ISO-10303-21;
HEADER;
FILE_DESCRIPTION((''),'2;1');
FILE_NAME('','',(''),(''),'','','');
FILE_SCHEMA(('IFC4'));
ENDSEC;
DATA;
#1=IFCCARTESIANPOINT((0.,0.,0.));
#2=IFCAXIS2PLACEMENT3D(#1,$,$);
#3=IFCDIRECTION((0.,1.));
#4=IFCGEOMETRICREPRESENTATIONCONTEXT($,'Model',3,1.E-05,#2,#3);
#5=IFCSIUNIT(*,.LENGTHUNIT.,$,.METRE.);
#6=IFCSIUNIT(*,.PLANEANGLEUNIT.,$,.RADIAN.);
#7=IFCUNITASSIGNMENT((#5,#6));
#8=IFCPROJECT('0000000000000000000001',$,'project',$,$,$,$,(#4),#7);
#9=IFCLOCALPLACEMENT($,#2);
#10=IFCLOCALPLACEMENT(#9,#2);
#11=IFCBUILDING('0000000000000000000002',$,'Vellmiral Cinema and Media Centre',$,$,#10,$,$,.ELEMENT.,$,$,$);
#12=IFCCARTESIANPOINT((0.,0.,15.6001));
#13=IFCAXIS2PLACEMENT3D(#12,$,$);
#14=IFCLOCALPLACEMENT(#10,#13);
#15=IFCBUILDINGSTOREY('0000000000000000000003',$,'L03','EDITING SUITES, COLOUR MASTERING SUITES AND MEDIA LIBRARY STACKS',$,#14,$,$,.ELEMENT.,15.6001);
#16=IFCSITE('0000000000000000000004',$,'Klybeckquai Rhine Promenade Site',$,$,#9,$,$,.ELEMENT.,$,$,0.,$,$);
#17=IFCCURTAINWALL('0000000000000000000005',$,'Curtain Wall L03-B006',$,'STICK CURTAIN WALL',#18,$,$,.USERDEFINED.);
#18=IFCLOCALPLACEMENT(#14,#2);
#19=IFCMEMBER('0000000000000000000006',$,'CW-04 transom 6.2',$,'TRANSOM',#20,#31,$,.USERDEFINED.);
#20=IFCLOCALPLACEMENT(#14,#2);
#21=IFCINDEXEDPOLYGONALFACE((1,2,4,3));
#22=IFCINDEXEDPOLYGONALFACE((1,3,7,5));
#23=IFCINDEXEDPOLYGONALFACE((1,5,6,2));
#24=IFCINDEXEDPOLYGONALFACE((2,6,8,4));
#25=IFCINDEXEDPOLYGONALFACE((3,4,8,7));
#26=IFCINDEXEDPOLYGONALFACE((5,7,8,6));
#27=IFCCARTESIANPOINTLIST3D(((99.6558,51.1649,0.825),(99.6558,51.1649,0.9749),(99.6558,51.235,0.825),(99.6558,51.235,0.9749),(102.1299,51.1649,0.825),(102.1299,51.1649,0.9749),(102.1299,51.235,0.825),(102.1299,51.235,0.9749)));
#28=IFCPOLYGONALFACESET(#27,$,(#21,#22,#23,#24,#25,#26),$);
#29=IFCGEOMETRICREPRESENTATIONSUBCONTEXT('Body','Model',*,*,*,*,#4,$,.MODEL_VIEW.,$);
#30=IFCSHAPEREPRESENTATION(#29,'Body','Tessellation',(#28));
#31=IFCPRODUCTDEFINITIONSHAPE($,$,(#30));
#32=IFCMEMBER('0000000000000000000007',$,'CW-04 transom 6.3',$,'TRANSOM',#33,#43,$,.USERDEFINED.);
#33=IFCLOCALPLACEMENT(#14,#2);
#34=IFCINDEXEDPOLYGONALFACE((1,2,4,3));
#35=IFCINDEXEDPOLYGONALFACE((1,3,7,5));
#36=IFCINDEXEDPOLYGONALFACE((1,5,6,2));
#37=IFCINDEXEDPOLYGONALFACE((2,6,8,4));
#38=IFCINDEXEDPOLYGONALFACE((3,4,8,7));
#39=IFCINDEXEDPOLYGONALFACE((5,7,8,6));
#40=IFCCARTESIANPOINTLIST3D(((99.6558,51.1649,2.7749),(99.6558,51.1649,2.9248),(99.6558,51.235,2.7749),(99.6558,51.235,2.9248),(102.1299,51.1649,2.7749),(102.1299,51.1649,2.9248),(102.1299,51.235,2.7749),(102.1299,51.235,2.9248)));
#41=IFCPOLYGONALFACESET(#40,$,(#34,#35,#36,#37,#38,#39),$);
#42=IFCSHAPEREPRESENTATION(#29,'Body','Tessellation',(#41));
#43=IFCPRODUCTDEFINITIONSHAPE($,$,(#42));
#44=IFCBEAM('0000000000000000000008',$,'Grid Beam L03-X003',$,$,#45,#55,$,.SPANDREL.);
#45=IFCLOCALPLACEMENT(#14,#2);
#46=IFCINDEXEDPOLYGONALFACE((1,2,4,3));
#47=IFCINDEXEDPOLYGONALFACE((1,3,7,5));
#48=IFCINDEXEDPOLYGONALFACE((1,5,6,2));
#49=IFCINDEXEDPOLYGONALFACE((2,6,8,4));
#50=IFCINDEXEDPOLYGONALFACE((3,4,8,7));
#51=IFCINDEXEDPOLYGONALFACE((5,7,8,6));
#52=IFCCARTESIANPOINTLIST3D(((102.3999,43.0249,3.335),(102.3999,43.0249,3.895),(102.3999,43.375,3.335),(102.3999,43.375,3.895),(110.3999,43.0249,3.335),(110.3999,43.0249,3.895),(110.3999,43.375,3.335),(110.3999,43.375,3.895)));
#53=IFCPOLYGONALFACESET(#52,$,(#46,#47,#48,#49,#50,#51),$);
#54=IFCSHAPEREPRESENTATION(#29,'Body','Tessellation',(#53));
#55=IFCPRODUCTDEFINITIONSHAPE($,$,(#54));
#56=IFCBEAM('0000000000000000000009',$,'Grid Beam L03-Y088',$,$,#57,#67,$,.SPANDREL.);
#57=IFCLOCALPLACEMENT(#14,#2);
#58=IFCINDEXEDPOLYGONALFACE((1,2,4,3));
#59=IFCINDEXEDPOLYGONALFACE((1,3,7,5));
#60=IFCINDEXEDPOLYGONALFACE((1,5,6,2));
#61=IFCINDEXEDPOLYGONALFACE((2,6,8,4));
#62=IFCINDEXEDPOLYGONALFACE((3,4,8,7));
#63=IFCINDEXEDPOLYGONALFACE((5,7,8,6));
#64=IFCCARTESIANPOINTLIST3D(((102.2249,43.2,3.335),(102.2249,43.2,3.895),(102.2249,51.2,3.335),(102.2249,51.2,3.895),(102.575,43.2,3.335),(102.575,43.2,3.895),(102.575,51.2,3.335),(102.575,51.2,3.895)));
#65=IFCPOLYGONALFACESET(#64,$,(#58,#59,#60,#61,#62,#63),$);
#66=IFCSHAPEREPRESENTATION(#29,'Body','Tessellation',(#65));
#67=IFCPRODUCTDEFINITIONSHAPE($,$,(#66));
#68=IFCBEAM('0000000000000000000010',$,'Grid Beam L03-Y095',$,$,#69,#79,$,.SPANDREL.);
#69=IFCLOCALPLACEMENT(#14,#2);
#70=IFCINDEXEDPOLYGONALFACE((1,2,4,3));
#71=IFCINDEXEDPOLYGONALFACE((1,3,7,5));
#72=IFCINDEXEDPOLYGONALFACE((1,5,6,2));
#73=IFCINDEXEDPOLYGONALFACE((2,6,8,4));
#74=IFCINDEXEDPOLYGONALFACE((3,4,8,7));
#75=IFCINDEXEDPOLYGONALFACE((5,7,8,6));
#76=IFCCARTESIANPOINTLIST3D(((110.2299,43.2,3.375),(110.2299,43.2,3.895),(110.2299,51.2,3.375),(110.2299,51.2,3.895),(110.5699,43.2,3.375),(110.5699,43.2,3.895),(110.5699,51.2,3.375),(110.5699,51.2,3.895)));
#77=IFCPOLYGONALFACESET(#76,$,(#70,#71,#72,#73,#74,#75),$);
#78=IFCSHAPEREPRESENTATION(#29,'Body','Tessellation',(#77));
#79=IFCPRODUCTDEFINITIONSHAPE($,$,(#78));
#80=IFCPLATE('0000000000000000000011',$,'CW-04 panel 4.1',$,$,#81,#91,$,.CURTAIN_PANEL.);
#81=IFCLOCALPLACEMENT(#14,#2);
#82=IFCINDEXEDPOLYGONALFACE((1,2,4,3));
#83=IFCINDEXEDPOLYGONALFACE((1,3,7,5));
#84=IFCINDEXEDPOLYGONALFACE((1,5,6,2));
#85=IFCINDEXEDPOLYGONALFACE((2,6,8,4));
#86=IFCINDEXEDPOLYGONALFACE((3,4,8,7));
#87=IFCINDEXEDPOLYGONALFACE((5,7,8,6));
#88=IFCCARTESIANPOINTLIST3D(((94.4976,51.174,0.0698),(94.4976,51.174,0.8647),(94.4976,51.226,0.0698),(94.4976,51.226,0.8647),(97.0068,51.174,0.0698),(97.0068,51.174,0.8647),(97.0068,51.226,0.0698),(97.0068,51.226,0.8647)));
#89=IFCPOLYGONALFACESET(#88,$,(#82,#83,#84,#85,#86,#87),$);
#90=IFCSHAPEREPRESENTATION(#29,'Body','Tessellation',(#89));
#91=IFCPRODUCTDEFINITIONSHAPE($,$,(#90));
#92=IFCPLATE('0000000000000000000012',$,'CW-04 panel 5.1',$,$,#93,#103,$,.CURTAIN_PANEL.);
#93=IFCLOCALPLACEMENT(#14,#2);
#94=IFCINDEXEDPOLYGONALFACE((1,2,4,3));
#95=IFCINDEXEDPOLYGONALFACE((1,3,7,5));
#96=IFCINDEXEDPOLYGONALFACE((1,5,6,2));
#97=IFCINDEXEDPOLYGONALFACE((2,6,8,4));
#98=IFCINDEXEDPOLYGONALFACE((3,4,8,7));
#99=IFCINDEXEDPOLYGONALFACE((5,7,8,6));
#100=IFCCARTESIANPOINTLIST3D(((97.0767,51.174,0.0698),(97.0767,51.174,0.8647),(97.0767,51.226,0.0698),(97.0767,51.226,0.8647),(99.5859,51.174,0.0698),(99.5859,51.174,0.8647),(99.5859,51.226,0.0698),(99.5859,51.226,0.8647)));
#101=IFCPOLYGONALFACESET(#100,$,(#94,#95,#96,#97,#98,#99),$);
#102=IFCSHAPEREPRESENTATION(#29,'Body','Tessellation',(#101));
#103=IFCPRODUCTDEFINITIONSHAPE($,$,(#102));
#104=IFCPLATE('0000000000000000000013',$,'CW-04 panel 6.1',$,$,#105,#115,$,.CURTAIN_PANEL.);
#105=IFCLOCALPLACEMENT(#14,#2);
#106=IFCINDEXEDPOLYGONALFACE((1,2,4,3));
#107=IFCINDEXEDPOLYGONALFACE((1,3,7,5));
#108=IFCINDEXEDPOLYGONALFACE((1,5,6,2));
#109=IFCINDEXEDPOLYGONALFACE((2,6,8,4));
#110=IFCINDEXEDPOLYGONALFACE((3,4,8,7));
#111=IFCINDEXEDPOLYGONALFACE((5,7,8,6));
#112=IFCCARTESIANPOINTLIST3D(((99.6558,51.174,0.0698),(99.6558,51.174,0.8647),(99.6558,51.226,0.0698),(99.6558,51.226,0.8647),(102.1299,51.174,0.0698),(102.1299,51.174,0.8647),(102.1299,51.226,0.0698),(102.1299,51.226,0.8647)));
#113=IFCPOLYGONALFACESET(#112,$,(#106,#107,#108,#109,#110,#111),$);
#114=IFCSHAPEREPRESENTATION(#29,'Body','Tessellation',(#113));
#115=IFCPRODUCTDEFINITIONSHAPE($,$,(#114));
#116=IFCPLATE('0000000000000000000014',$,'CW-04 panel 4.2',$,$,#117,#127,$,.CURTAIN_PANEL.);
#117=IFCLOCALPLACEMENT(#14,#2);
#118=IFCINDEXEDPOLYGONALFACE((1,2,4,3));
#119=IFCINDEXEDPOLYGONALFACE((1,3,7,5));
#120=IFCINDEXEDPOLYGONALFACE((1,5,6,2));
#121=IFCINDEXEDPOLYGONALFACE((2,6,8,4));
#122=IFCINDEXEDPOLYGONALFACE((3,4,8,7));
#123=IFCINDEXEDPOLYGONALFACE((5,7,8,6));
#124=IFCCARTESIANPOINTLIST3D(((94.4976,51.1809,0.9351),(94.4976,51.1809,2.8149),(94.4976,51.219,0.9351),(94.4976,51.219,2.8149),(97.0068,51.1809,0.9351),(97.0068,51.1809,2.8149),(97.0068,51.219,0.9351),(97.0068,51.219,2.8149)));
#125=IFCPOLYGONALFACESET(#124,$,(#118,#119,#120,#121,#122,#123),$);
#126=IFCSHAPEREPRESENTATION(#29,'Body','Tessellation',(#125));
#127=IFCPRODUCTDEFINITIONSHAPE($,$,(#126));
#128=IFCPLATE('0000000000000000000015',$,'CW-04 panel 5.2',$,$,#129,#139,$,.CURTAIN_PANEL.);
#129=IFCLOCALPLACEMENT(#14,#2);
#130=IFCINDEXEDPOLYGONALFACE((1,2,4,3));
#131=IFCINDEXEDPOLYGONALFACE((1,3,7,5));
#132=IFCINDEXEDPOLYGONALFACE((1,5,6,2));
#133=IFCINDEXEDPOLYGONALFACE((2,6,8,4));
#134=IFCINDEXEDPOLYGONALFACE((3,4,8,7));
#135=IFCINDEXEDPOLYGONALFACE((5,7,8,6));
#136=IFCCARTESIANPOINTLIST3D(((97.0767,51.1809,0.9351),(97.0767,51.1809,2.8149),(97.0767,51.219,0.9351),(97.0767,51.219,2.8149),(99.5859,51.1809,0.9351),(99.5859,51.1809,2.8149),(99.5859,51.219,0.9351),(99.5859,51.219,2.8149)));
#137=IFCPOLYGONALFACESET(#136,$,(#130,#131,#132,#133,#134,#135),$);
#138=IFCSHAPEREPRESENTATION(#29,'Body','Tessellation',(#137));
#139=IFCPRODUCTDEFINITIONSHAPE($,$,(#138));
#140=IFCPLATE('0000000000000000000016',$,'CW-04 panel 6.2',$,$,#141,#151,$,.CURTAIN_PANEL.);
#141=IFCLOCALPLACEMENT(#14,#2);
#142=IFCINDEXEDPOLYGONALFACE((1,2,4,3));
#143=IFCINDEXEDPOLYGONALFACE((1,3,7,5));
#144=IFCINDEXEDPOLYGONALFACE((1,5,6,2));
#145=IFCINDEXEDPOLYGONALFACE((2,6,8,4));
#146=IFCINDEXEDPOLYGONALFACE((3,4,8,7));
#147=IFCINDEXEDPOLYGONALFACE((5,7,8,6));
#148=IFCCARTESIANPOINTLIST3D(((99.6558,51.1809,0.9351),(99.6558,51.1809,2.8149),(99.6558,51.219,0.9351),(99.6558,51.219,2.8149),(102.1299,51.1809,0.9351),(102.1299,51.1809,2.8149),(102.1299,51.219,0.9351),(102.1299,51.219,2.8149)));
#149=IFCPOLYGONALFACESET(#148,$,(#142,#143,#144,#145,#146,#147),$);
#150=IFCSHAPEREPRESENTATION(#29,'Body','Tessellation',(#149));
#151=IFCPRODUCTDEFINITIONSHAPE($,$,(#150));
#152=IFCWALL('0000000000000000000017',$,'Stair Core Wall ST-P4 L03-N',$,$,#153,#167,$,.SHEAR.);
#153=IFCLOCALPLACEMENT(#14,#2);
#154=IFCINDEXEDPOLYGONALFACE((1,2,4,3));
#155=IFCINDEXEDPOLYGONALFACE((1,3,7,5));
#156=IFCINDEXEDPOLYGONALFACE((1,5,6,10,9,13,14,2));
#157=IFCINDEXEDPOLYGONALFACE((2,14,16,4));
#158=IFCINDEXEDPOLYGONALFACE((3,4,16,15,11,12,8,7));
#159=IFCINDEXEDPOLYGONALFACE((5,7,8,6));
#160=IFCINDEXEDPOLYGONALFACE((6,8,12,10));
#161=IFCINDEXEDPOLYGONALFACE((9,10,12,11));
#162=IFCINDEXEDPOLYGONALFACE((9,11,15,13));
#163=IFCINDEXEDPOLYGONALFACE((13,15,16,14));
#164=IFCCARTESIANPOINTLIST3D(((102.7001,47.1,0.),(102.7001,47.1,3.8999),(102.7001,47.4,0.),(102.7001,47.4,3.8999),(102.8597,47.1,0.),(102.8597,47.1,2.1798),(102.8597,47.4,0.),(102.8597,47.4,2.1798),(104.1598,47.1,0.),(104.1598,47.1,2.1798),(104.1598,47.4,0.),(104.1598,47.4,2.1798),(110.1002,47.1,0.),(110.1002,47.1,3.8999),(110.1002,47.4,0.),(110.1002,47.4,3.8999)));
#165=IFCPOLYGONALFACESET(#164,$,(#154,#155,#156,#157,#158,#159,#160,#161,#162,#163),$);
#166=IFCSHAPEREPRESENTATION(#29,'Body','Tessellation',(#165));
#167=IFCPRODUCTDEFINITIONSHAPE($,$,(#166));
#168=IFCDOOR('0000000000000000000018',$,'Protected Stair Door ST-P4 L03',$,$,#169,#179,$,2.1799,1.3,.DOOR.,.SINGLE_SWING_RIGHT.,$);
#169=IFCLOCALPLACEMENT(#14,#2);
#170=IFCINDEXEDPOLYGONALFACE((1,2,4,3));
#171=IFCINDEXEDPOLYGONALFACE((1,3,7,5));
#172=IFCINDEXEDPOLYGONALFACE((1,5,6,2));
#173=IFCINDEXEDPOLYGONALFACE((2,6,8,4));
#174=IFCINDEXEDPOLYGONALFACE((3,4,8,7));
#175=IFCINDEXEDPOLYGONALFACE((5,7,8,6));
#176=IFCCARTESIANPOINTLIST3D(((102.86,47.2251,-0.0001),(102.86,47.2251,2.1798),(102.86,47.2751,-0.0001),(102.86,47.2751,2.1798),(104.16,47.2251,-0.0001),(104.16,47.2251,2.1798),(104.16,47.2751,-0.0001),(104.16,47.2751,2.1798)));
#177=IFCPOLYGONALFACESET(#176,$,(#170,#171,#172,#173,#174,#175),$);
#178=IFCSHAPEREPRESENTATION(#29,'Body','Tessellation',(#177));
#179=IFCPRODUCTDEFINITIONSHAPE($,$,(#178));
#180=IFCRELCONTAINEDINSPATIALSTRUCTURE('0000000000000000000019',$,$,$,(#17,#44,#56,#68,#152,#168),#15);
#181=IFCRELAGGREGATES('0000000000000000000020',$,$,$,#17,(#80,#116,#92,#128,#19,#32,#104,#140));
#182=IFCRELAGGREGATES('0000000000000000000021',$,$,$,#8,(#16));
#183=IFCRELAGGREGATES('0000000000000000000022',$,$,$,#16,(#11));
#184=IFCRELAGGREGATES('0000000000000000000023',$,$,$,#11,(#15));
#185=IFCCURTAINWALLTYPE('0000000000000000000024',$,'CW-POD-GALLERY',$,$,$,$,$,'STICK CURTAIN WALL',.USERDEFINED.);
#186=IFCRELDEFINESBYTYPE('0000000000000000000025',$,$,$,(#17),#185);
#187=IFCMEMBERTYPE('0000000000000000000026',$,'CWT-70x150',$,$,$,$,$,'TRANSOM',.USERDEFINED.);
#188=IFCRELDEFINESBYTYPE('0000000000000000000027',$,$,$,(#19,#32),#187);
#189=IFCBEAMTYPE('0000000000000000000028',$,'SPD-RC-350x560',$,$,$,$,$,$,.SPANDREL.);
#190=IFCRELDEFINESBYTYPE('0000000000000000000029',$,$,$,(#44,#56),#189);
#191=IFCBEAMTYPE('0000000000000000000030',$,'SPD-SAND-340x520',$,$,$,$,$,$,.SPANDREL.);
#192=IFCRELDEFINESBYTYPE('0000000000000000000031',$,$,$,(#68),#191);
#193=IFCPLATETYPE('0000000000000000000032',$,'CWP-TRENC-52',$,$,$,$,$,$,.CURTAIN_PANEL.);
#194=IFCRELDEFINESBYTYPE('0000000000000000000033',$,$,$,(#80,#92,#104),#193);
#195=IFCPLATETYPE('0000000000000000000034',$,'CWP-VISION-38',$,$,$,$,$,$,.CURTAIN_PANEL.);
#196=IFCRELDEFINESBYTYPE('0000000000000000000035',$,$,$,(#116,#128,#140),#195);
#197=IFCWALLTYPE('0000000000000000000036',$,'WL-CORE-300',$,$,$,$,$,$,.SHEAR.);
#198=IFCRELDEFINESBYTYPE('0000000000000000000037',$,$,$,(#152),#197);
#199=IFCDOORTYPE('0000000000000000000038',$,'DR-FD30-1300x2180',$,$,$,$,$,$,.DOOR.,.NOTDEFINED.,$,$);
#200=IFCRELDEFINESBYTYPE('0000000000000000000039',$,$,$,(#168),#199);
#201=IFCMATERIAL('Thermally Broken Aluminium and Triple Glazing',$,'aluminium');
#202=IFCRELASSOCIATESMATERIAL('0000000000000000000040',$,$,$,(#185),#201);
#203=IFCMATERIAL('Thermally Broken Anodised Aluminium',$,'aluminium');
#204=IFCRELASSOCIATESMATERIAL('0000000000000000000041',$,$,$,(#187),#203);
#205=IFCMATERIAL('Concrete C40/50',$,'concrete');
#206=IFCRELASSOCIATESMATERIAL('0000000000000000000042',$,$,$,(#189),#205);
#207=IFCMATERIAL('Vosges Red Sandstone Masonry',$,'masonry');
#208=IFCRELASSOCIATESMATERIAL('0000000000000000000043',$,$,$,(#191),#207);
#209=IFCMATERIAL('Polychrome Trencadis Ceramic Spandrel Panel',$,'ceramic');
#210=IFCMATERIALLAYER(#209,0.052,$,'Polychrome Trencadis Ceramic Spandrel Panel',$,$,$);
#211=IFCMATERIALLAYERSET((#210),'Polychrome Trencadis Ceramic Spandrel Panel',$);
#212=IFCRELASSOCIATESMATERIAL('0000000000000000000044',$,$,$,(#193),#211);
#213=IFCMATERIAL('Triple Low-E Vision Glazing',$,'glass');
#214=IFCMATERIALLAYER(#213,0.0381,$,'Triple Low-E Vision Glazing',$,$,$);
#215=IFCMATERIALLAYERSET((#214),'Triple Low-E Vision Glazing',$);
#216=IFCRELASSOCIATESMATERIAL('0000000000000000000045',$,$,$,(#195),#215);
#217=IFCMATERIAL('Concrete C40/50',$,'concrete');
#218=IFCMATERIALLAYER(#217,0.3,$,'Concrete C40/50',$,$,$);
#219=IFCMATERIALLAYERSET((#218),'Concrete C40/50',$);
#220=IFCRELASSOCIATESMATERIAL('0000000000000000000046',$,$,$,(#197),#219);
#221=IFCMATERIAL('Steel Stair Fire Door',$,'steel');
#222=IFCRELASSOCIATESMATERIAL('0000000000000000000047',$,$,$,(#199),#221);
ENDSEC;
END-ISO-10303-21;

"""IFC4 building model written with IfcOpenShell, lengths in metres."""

from ifc_helpers import new_model, si_unit, direction, frame, frame_2d, origin, origin_2d, place, context, subcontext, project, spatial, rectangle, extrude, material, layer, layer_set, material_profile, profile_set, type_object, element, fill, aggregate, save


model = new_model("IFC4")

# Units and contexts
model_context = context("Model", 3, precision=1e-05, world=origin(), true_north=direction((0.0, 1.0)))
body_context = subcontext(model_context, "Body", "Model", "MODEL_VIEW")
ifc_project = project(units=[si_unit("LENGTHUNIT", "METRE"), si_unit("PLANEANGLEUNIT", "RADIAN")], contexts=[model_context])

# Site, building, storey
site_placement = place(None, origin())
site = spatial("IfcSite", under=ifc_project, at=site_placement, Name="Klybeckquai Rhine Promenade Site", CompositionType="ELEMENT", RefElevation=0.0)
building_placement = place(site_placement, origin())
building = spatial("IfcBuilding", under=site, at=building_placement, Name="Vellmiral Cinema and Media Centre", CompositionType="ELEMENT")
storey_placement = place(building_placement, frame((0.0, 0.0, 15.6001)))
storey = spatial("IfcBuildingStorey", under=building, at=storey_placement, Name="L03", Description="EDITING SUITES, COLOUR MASTERING SUITES AND MEDIA LIBRARY STACKS", CompositionType="ELEMENT", Elevation=15.6001)

# Curtain wall, members
ifc_material_1 = material(Name="Thermally Broken Aluminium and Triple Glazing", Category="aluminium")
curtain_wall_type = type_object("IfcCurtainWallType", Name="CW-POD-GALLERY", ElementType="STICK CURTAIN WALL", PredefinedType="USERDEFINED", material=ifc_material_1)
curtain_wall_placement = place(storey_placement, origin())
curtain_wall = element("IfcCurtainWall", 1, at=curtain_wall_placement, inside=storey, type_object=curtain_wall_type, Name="Curtain Wall L03-B006", ObjectType="STICK CURTAIN WALL", PredefinedType="USERDEFINED")
ifc_material_2 = material(Name="Thermally Broken Anodised Aluminium", Category="aluminium")
ifc_material_profile_1 = material_profile(ifc_material_2, rectangle(XDim=0.0701, YDim=0.1499, at=origin_2d()), Name="MULL 70x150")
ifc_profile_set_1 = profile_set([ifc_material_profile_1], Name="Thermally Broken Anodised Aluminium")
member_type_1 = type_object("IfcMemberType", Name="CWT-70x150", ElementType="TRANSOM", PredefinedType="USERDEFINED", material=ifc_profile_set_1)
member_1_placement = place(storey_placement, frame((99.6558, 51.2, 0.8999), z_axis=(1.0, 0.0, 0.0), x_axis=(0.0, 1.0, 0.0)))
member_1 = element("IfcMember", 2, at=member_1_placement, type_object=member_type_1, Name="CW-04 transom 6.2", ObjectType="TRANSOM", PredefinedType="USERDEFINED", context=body_context, shape_type="SweptSolid", body=[
    extrude(rectangle(XDim=0.0701, YDim=0.1499, at=origin_2d()), origin(), (0.0, 0.0, 1.0), 2.4741),
])
member_2_placement = place(storey_placement, frame((99.6558, 51.2, 2.8499), z_axis=(1.0, 0.0, 0.0), x_axis=(0.0, 1.0, 0.0)))
member_2 = element("IfcMember", 3, at=member_2_placement, type_object=member_type_1, Name="CW-04 transom 6.3", ObjectType="TRANSOM", PredefinedType="USERDEFINED", context=body_context, shape_type="SweptSolid", body=[
    extrude(rectangle(XDim=0.0701, YDim=0.1499, at=origin_2d()), origin(), (0.0, 0.0, 1.0), 2.4741),
])

# Beams
ifc_material_3 = material(Name="Concrete C40/50", Category="concrete")
ifc_material_profile_2 = material_profile(ifc_material_3, rectangle(XDim=0.3501, YDim=0.5601, at=origin_2d()), Name="RC 350x560")
ifc_profile_set_2 = profile_set([ifc_material_profile_2], Name="Concrete C40/50")
beam_type_1 = type_object("IfcBeamType", Name="SPD-RC-350x560", PredefinedType="SPANDREL", material=ifc_profile_set_2)
for number, where, z_axis, x_axis, name in (
    (4, (102.3999, 43.2, 3.615), (1.0, 0.0, 0.0), (0.0, 1.0, 0.0), "Grid Beam L03-X003"),
    (5, (102.3999, 43.2, 3.615), (0.0, 1.0, 0.0), (-1.0, 0.0, 0.0), "Grid Beam L03-Y088"),
):
    element("IfcBeam", number, at=place(storey_placement, frame(where, z_axis=z_axis, x_axis=x_axis)), inside=storey, type_object=beam_type_1, Name=name, PredefinedType="SPANDREL", context=body_context, shape_type="SweptSolid", body=[
        extrude(rectangle(XDim=0.3501, YDim=0.5601, at=origin_2d()), origin(), (0.0, 0.0, 1.0), 8.0),
    ])
ifc_material_4 = material(Name="Vosges Red Sandstone Masonry", Category="masonry")
ifc_material_profile_3 = material_profile(ifc_material_4, rectangle(XDim=0.3401, YDim=0.52, at=origin_2d()), Name="SAND 340x520")
ifc_profile_set_3 = profile_set([ifc_material_profile_3], Name="Vosges Red Sandstone Masonry")
beam_type_2 = type_object("IfcBeamType", Name="SPD-SAND-340x520", PredefinedType="SPANDREL", material=ifc_profile_set_3)
beam_placement = place(storey_placement, frame((110.3999, 43.2, 3.635), z_axis=(0.0, 1.0, 0.0), x_axis=(-1.0, 0.0, 0.0)))
element("IfcBeam", 6, at=beam_placement, inside=storey, type_object=beam_type_2, Name="Grid Beam L03-Y095", PredefinedType="SPANDREL", context=body_context, shape_type="SweptSolid", body=[
    extrude(rectangle(XDim=0.3401, YDim=0.52, at=origin_2d()), origin(), (0.0, 0.0, 1.0), 8.0),
])

# Plates
ifc_material_5 = material(Name="Polychrome Trencadis Ceramic Spandrel Panel", Category="ceramic")
ifc_layer_1 = layer(ifc_material_5, 0.052, Name="Polychrome Trencadis Ceramic Spandrel Panel")
ifc_layer_set_1 = layer_set([ifc_layer_1], Name="Polychrome Trencadis Ceramic Spandrel Panel")
plate_type_1 = type_object("IfcPlateType", Name="CWP-TRENC-52", PredefinedType="CURTAIN_PANEL", material=ifc_layer_set_1)
plate_1_placement = place(storey_placement, frame((95.7522, 51.2, 0.0698), z_axis=(0.0, 0.0, 1.0), x_axis=(1.0, 0.0, 0.0)))
plate_1 = element("IfcPlate", 7, at=plate_1_placement, type_object=plate_type_1, Name="CW-04 panel 4.1", PredefinedType="CURTAIN_PANEL", context=body_context, shape_type="SweptSolid", body=[
    extrude(rectangle(XDim=2.5093, YDim=0.052, at=origin_2d()), origin(), (0.0, 0.0, 1.0), 0.7949),
])
plate_2_placement = place(storey_placement, frame((98.3313, 51.2, 0.0698), z_axis=(0.0, 0.0, 1.0), x_axis=(1.0, 0.0, 0.0)))
plate_2 = element("IfcPlate", 8, at=plate_2_placement, type_object=plate_type_1, Name="CW-04 panel 5.1", PredefinedType="CURTAIN_PANEL", context=body_context, shape_type="SweptSolid", body=[
    extrude(rectangle(XDim=2.5093, YDim=0.052, at=origin_2d()), origin(), (0.0, 0.0, 1.0), 0.7949),
])
plate_3_placement = place(storey_placement, frame((100.8928, 51.2, 0.0698), z_axis=(0.0, 0.0, 1.0), x_axis=(1.0, 0.0, 0.0)))
plate_3 = element("IfcPlate", 9, at=plate_3_placement, type_object=plate_type_1, Name="CW-04 panel 6.1", PredefinedType="CURTAIN_PANEL", context=body_context, shape_type="SweptSolid", body=[
    extrude(rectangle(XDim=2.4741, YDim=0.052, at=origin_2d()), origin(), (0.0, 0.0, 1.0), 0.7949),
])
ifc_material_6 = material(Name="Triple Low-E Vision Glazing", Category="glass")
ifc_layer_2 = layer(ifc_material_6, 0.0381, Name="Triple Low-E Vision Glazing")
ifc_layer_set_2 = layer_set([ifc_layer_2], Name="Triple Low-E Vision Glazing")
plate_type_2 = type_object("IfcPlateType", Name="CWP-VISION-38", PredefinedType="CURTAIN_PANEL", material=ifc_layer_set_2)
plate_4_placement = place(storey_placement, frame((95.7522, 51.2, 0.9351), z_axis=(0.0, 0.0, 1.0), x_axis=(1.0, 0.0, 0.0)))
plate_4 = element("IfcPlate", 10, at=plate_4_placement, type_object=plate_type_2, Name="CW-04 panel 4.2", PredefinedType="CURTAIN_PANEL", context=body_context, shape_type="SweptSolid", body=[
    extrude(rectangle(XDim=2.5093, YDim=0.0381, at=origin_2d()), origin(), (0.0, 0.0, 1.0), 1.8799),
])
plate_5_placement = place(storey_placement, frame((98.3313, 51.2, 0.9351), z_axis=(0.0, 0.0, 1.0), x_axis=(1.0, 0.0, 0.0)))
plate_5 = element("IfcPlate", 11, at=plate_5_placement, type_object=plate_type_2, Name="CW-04 panel 5.2", PredefinedType="CURTAIN_PANEL", context=body_context, shape_type="SweptSolid", body=[
    extrude(rectangle(XDim=2.5093, YDim=0.0381, at=origin_2d()), origin(), (0.0, 0.0, 1.0), 1.8799),
])
plate_6_placement = place(storey_placement, frame((100.8928, 51.2, 0.9351), z_axis=(0.0, 0.0, 1.0), x_axis=(1.0, 0.0, 0.0)))
plate_6 = element("IfcPlate", 12, at=plate_6_placement, type_object=plate_type_2, Name="CW-04 panel 6.2", PredefinedType="CURTAIN_PANEL", context=body_context, shape_type="SweptSolid", body=[
    extrude(rectangle(XDim=2.4741, YDim=0.0381, at=origin_2d()), origin(), (0.0, 0.0, 1.0), 1.8799),
])
aggregate(curtain_wall, [plate_1, plate_4, plate_2, plate_5, member_1, member_2, plate_3, plate_6])

# Wall, opening, door
ifc_material_7 = material(Name="Concrete C40/50", Category="concrete")
ifc_layer_3 = layer(ifc_material_7, 0.3, Name="Concrete C40/50")
ifc_layer_set_3 = layer_set([ifc_layer_3], Name="Concrete C40/50")
wall_type_1 = type_object("IfcWallType", Name="WL-CORE-300", PredefinedType="SHEAR", material=ifc_layer_set_3)
wall_1_placement = place(storey_placement, frame((102.7, 47.25, 0.0), z_axis=(0.0, 0.0, 1.0), x_axis=(1.0, 0.0, 0.0)))
wall_1 = element("IfcWall", 13, at=wall_1_placement, inside=storey, type_object=wall_type_1, Name="Stair Core Wall ST-P4 L03-N", PredefinedType="SHEAR", context=body_context, shape_type="SweptSolid", body=[
    extrude(rectangle(XDim=7.4001, YDim=0.3, at=frame_2d((3.7002, 0.0))), origin(), (0.0, 0.0, 1.0), 3.8999),
])
opening_1_placement = place(wall_1_placement, frame((0.1599, 0.0, 0.0)))
opening_1 = element("IfcOpeningElement", 14, at=opening_1_placement, cuts=wall_1, PredefinedType="OPENING", context=body_context, shape_type="SweptSolid", body=[
    extrude(rectangle(XDim=1.3, YDim=2.1799, at=frame_2d((0.6499, 1.0898))), frame((0.0, 0.1621, 0.0), z_axis=(0.0, -1.0, 0.0), x_axis=(1.0, 0.0, 0.0)), (0.0, 0.0, 1.0), 0.324),
])
ifc_material_8 = material(Name="Steel Stair Fire Door", Category="steel")
door_type = type_object("IfcDoorType", Name="DR-FD30-1300x2180", OperationType="NOTDEFINED", PredefinedType="DOOR", material=ifc_material_8)
door_placement = place(opening_1_placement, frame((1.3, 0.0, 0.0), z_axis=(0.0, 0.0, 1.0), x_axis=(-1.0, 0.0, 0.0)))
door = element("IfcDoor", 15, at=door_placement, inside=storey, type_object=door_type, Name="Protected Stair Door ST-P4 L03", OperationType="SINGLE_SWING_RIGHT", OverallHeight=2.1799, OverallWidth=1.3, PredefinedType="DOOR", context=body_context, shape_type="SweptSolid", body=[
    extrude(rectangle(XDim=1.3, YDim=2.1799, at=frame_2d((0.6499, 1.0898))), frame((0.0, 0.0249, 0.0), z_axis=(0.0, -1.0, 0.0), x_axis=(1.0, 0.0, 0.0)), (0.0, 0.0, 1.0), 0.05),
])
fill(opening_1, door)

save(model, "model.ifc")
